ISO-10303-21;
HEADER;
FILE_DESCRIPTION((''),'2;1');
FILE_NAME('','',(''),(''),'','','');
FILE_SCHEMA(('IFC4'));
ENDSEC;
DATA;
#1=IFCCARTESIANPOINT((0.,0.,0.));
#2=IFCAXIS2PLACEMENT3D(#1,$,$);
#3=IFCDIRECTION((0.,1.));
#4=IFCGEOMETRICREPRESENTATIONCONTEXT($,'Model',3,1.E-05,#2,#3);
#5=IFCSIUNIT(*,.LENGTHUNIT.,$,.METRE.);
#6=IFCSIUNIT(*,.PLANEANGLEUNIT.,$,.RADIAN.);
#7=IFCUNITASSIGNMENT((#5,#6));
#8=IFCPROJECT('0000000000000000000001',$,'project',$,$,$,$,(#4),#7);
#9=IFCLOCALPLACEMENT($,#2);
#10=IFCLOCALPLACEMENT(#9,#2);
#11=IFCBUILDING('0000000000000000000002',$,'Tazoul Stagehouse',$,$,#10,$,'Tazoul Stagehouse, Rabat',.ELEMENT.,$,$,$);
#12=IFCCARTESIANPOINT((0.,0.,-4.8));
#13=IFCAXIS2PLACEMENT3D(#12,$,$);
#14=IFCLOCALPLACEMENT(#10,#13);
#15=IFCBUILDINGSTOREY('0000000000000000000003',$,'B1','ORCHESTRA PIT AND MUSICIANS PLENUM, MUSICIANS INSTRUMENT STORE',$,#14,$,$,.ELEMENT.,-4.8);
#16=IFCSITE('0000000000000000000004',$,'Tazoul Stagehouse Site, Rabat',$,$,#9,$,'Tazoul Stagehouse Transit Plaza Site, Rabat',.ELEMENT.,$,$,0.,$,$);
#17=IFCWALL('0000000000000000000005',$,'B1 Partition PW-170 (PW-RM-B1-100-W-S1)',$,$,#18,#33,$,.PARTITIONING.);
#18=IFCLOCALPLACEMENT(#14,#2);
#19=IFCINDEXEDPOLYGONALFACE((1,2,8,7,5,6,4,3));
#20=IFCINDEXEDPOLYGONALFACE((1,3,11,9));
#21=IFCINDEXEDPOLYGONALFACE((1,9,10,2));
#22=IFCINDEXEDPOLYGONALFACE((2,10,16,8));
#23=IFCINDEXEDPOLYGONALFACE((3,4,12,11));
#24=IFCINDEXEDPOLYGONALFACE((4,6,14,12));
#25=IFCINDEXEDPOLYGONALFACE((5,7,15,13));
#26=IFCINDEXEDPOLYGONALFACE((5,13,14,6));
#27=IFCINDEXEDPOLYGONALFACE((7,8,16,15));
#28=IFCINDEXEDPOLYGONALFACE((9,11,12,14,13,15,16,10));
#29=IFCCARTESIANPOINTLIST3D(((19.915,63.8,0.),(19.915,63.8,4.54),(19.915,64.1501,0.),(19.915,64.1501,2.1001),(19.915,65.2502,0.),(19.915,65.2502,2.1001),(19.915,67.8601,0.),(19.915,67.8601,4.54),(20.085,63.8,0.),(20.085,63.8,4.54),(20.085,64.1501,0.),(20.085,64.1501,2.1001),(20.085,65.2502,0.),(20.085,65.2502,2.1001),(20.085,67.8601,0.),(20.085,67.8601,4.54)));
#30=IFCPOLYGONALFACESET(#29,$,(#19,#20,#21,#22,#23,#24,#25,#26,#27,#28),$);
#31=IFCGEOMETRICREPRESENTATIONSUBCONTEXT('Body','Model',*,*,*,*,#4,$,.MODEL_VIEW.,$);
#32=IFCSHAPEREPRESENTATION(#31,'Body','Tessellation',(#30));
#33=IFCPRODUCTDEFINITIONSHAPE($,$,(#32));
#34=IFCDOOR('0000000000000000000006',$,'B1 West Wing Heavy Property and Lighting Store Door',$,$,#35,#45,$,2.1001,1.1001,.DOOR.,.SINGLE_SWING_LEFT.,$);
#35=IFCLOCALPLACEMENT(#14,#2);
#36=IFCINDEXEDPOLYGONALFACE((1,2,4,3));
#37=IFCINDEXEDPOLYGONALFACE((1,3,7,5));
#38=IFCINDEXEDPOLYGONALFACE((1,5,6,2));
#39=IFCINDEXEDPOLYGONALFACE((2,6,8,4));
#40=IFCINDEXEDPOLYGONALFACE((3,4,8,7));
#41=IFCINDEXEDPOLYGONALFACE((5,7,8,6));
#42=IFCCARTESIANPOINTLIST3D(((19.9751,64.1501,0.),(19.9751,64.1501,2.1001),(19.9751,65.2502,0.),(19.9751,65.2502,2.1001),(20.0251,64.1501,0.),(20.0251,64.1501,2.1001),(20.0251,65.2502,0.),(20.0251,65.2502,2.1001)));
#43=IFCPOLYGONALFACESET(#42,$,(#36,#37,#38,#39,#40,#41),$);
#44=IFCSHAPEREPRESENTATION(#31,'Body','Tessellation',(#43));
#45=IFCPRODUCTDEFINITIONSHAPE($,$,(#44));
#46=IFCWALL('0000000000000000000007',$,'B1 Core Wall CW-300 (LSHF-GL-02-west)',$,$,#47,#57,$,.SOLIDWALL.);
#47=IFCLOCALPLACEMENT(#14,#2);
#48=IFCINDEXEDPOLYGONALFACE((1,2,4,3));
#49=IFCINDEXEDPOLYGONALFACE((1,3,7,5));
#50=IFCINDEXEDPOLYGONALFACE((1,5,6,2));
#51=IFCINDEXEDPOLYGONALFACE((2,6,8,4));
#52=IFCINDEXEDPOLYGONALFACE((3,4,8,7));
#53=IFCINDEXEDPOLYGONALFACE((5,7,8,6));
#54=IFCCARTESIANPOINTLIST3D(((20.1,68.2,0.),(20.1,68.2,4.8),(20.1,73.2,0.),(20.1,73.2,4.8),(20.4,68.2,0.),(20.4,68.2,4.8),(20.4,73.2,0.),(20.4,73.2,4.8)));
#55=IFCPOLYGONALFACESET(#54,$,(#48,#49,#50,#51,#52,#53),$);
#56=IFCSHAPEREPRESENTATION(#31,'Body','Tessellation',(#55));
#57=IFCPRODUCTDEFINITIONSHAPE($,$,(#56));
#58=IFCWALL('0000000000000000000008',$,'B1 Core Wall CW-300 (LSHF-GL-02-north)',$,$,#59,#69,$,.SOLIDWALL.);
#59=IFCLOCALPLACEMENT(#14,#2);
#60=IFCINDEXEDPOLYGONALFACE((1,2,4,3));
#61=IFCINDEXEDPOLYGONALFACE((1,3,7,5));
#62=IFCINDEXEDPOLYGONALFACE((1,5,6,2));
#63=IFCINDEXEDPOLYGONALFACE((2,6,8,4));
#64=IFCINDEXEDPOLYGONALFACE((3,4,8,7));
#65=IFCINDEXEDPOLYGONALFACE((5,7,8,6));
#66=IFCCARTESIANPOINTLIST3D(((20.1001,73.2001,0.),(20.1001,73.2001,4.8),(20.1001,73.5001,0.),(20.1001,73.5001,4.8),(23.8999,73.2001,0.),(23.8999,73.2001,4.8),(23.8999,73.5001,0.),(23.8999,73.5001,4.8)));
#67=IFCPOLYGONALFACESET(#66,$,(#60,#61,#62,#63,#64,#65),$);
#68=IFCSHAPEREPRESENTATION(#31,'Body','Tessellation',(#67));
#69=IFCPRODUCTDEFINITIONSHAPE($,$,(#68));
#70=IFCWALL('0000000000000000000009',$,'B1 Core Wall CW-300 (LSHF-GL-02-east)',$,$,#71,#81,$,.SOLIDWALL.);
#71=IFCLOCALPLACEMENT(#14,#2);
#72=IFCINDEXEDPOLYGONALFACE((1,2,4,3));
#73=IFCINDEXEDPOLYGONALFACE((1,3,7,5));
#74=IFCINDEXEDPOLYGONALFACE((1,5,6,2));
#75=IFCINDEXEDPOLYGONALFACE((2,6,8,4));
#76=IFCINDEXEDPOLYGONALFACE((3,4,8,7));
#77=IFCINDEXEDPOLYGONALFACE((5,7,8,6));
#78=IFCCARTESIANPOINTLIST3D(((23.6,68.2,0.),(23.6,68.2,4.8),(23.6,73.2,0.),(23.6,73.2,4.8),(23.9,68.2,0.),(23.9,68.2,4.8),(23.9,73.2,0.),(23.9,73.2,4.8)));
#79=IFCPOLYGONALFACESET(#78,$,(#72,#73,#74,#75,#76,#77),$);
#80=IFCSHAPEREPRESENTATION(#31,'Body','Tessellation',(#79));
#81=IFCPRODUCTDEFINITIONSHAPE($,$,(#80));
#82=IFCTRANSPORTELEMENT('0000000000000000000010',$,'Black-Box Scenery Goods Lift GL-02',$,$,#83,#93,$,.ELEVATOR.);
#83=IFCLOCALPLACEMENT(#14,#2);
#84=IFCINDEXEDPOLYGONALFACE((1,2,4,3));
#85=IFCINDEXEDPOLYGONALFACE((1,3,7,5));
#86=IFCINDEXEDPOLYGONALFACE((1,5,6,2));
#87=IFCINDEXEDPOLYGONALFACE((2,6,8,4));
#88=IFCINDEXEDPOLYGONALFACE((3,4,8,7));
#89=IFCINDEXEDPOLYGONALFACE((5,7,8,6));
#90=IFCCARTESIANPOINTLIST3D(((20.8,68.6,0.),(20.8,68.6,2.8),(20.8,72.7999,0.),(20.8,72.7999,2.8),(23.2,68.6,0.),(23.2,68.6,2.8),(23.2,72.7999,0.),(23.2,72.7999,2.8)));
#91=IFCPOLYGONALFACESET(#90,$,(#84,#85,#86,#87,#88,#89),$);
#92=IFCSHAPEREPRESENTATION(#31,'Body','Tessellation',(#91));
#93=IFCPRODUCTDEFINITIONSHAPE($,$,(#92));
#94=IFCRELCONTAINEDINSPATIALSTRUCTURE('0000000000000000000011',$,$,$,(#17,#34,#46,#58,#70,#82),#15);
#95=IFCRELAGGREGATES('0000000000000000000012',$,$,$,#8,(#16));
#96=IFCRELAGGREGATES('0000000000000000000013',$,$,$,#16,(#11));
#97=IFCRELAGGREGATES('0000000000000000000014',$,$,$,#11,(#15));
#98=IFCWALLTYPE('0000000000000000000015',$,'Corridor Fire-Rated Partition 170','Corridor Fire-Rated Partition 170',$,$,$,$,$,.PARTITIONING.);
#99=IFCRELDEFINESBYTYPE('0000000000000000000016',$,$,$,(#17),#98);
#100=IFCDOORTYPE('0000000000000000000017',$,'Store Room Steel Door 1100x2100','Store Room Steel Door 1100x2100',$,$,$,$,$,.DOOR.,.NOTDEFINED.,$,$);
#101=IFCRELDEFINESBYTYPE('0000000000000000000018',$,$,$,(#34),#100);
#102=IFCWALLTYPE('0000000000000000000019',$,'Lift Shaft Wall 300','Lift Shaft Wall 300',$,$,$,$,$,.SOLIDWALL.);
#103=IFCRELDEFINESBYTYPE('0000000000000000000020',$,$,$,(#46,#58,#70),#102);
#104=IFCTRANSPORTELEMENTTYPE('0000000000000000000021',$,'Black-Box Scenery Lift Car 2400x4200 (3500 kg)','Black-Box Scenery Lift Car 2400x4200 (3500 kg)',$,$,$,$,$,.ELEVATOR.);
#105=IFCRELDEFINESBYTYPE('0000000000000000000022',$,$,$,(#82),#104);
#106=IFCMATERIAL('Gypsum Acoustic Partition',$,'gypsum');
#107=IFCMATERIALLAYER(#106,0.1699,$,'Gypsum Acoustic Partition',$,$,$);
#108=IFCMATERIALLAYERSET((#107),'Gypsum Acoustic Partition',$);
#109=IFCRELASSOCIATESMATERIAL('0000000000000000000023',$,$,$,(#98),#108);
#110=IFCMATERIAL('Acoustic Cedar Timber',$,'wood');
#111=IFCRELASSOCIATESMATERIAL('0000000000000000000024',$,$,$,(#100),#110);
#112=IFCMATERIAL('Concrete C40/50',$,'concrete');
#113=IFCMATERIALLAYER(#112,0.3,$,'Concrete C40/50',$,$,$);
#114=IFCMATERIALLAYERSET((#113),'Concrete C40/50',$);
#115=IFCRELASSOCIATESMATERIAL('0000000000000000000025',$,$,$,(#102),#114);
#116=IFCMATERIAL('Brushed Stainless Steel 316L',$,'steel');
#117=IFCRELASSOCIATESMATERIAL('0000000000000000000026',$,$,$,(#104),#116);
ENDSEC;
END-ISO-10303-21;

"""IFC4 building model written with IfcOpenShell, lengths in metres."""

from ifc_helpers import new_model, si_unit, direction, frame, frame_2d, origin, origin_2d, place, context, subcontext, project, spatial, rectangle, extrude, material, layer, layer_set, type_object, element, fill, save


model = new_model("IFC4")

# Units and contexts
model_context = context("Model", 3, precision=1e-05, world=origin(), true_north=direction((0.0, 1.0)))
body_context = subcontext(model_context, "Body", "Model", "MODEL_VIEW")
ifc_project = project(units=[si_unit("LENGTHUNIT", "METRE"), si_unit("PLANEANGLEUNIT", "RADIAN")], contexts=[model_context])

# Site, building, storey
site_placement = place(None, origin())
site = spatial("IfcSite", under=ifc_project, at=site_placement, Name="Tazoul Stagehouse Site, Rabat", LongName="Tazoul Stagehouse Transit Plaza Site, Rabat", CompositionType="ELEMENT", RefElevation=0.0)
building_placement = place(site_placement, origin())
building = spatial("IfcBuilding", under=site, at=building_placement, Name="Tazoul Stagehouse", LongName="Tazoul Stagehouse, Rabat", CompositionType="ELEMENT")
storey_placement = place(building_placement, frame((0.0, 0.0, -4.8)))
storey = spatial("IfcBuildingStorey", under=building, at=storey_placement, Name="B1", Description="ORCHESTRA PIT AND MUSICIANS PLENUM, MUSICIANS INSTRUMENT STORE", CompositionType="ELEMENT", Elevation=-4.8)

# Shared definitions
ifc_material_1 = material(Name="Concrete C40/50", Category="concrete")

# Wall, opening, door
ifc_material_2 = material(Name="Gypsum Acoustic Partition", Category="gypsum")
ifc_layer_1 = layer(ifc_material_2, 0.1699, Name="Gypsum Acoustic Partition")
ifc_layer_set_1 = layer_set([ifc_layer_1], Name="Gypsum Acoustic Partition")
wall_type_1 = type_object("IfcWallType", Name="Corridor Fire-Rated Partition 170", Description="Corridor Fire-Rated Partition 170", PredefinedType="PARTITIONING", material=ifc_layer_set_1)
wall_1_placement = place(storey_placement, frame((20.0, 63.8, 0.0), z_axis=(0.0, 0.0, 1.0), x_axis=(0.0, 1.0, 0.0)))
wall_1 = element("IfcWall", 1, at=wall_1_placement, inside=storey, type_object=wall_type_1, Name="B1 Partition PW-170 (PW-RM-B1-100-W-S1)", PredefinedType="PARTITIONING", context=body_context, shape_type="SweptSolid", body=[
    extrude(rectangle(XDim=4.0601, YDim=0.1699, at=frame_2d((2.03, 0.0))), origin(), (0.0, 0.0, 1.0), 4.54),
])
opening_1_placement = place(wall_1_placement, frame((0.3501, 0.0, 0.0)))
opening_1 = element("IfcOpeningElement", 2, at=opening_1_placement, cuts=wall_1, PredefinedType="OPENING", context=body_context, shape_type="SweptSolid", body=[
    extrude(rectangle(XDim=1.1001, YDim=2.1001, at=frame_2d((0.55, 1.05))), frame((0.0, 0.105, 0.0), z_axis=(0.0, -1.0, 0.0), x_axis=(1.0, 0.0, 0.0)), (0.0, 0.0, 1.0), 0.21),
])
ifc_material_3 = material(Name="Acoustic Cedar Timber", Category="wood")
door_type_1 = type_object("IfcDoorType", Name="Store Room Steel Door 1100x2100", Description="Store Room Steel Door 1100x2100", OperationType="NOTDEFINED", PredefinedType="DOOR", material=ifc_material_3)
door_1_placement = place(opening_1_placement, origin())
door_1 = element("IfcDoor", 3, at=door_1_placement, inside=storey, type_object=door_type_1, Name="B1 West Wing Heavy Property and Lighting Store Door", OperationType="SINGLE_SWING_LEFT", OverallHeight=2.1001, OverallWidth=1.1001, PredefinedType="DOOR", context=body_context, shape_type="SweptSolid", body=[
    extrude(rectangle(XDim=1.1001, YDim=2.1001, at=frame_2d((0.55, 1.05))), frame((0.0, 0.0249, 0.0), z_axis=(0.0, -1.0, 0.0), x_axis=(1.0, 0.0, 0.0)), (0.0, 0.0, 1.0), 0.05),
])
fill(opening_1, door_1)
ifc_layer_2 = layer(ifc_material_1, 0.3, Name="Concrete C40/50")
ifc_layer_set_2 = layer_set([ifc_layer_2], Name="Concrete C40/50")
wall_type_2 = type_object("IfcWallType", Name="Lift Shaft Wall 300", Description="Lift Shaft Wall 300", PredefinedType="SOLIDWALL", material=ifc_layer_set_2)

# Walls
wall_2_placement = place(storey_placement, frame((20.25, 68.2, 0.0), z_axis=(0.0, 0.0, 1.0), x_axis=(0.0, 1.0, 0.0)))
element("IfcWall", 4, at=wall_2_placement, inside=storey, type_object=wall_type_2, Name="B1 Core Wall CW-300 (LSHF-GL-02-west)", PredefinedType="SOLIDWALL", context=body_context, shape_type="SweptSolid", body=[
    extrude(rectangle(XDim=5.0, YDim=0.3, at=frame_2d((2.5, 0.0))), origin(), (0.0, 0.0, 1.0), 4.8),
])
wall_3_placement = place(storey_placement, frame((20.1001, 73.3501, 0.0), z_axis=(0.0, 0.0, 1.0), x_axis=(1.0, 0.0, 0.0)))
element("IfcWall", 5, at=wall_3_placement, inside=storey, type_object=wall_type_2, Name="B1 Core Wall CW-300 (LSHF-GL-02-north)", PredefinedType="SOLIDWALL", context=body_context, shape_type="SweptSolid", body=[
    extrude(rectangle(XDim=3.7998, YDim=0.3, at=frame_2d((1.8999, 0.0))), origin(), (0.0, 0.0, 1.0), 4.8),
])
wall_4_placement = place(storey_placement, frame((23.75, 73.2, 0.0), z_axis=(0.0, 0.0, 1.0), x_axis=(0.0, -1.0, 0.0)))
element("IfcWall", 6, at=wall_4_placement, inside=storey, type_object=wall_type_2, Name="B1 Core Wall CW-300 (LSHF-GL-02-east)", PredefinedType="SOLIDWALL", context=body_context, shape_type="SweptSolid", body=[
    extrude(rectangle(XDim=5.0, YDim=0.3, at=frame_2d((2.5, 0.0))), origin(), (0.0, 0.0, 1.0), 4.8),
])

# Transport element
ifc_material_4 = material(Name="Brushed Stainless Steel 316L", Category="steel")
transport_element_type = type_object("IfcTransportElementType", Name="Black-Box Scenery Lift Car 2400x4200 (3500 kg)", Description="Black-Box Scenery Lift Car 2400x4200 (3500 kg)", PredefinedType="ELEVATOR", material=ifc_material_4)
transport_element_placement = place(storey_placement, frame((22.0, 70.7, 0.0), z_axis=(0.0, 0.0, 1.0), x_axis=(1.0, 0.0, 0.0)))
element("IfcTransportElement", 7, at=transport_element_placement, inside=storey, type_object=transport_element_type, Name="Black-Box Scenery Goods Lift GL-02", PredefinedType="ELEVATOR", context=body_context, shape_type="SweptSolid", body=[
    extrude(rectangle(XDim=2.3999, YDim=4.2, at=origin_2d()), origin(), (0.0, 0.0, 1.0), 2.8),
])

save(model, "model.ifc")
